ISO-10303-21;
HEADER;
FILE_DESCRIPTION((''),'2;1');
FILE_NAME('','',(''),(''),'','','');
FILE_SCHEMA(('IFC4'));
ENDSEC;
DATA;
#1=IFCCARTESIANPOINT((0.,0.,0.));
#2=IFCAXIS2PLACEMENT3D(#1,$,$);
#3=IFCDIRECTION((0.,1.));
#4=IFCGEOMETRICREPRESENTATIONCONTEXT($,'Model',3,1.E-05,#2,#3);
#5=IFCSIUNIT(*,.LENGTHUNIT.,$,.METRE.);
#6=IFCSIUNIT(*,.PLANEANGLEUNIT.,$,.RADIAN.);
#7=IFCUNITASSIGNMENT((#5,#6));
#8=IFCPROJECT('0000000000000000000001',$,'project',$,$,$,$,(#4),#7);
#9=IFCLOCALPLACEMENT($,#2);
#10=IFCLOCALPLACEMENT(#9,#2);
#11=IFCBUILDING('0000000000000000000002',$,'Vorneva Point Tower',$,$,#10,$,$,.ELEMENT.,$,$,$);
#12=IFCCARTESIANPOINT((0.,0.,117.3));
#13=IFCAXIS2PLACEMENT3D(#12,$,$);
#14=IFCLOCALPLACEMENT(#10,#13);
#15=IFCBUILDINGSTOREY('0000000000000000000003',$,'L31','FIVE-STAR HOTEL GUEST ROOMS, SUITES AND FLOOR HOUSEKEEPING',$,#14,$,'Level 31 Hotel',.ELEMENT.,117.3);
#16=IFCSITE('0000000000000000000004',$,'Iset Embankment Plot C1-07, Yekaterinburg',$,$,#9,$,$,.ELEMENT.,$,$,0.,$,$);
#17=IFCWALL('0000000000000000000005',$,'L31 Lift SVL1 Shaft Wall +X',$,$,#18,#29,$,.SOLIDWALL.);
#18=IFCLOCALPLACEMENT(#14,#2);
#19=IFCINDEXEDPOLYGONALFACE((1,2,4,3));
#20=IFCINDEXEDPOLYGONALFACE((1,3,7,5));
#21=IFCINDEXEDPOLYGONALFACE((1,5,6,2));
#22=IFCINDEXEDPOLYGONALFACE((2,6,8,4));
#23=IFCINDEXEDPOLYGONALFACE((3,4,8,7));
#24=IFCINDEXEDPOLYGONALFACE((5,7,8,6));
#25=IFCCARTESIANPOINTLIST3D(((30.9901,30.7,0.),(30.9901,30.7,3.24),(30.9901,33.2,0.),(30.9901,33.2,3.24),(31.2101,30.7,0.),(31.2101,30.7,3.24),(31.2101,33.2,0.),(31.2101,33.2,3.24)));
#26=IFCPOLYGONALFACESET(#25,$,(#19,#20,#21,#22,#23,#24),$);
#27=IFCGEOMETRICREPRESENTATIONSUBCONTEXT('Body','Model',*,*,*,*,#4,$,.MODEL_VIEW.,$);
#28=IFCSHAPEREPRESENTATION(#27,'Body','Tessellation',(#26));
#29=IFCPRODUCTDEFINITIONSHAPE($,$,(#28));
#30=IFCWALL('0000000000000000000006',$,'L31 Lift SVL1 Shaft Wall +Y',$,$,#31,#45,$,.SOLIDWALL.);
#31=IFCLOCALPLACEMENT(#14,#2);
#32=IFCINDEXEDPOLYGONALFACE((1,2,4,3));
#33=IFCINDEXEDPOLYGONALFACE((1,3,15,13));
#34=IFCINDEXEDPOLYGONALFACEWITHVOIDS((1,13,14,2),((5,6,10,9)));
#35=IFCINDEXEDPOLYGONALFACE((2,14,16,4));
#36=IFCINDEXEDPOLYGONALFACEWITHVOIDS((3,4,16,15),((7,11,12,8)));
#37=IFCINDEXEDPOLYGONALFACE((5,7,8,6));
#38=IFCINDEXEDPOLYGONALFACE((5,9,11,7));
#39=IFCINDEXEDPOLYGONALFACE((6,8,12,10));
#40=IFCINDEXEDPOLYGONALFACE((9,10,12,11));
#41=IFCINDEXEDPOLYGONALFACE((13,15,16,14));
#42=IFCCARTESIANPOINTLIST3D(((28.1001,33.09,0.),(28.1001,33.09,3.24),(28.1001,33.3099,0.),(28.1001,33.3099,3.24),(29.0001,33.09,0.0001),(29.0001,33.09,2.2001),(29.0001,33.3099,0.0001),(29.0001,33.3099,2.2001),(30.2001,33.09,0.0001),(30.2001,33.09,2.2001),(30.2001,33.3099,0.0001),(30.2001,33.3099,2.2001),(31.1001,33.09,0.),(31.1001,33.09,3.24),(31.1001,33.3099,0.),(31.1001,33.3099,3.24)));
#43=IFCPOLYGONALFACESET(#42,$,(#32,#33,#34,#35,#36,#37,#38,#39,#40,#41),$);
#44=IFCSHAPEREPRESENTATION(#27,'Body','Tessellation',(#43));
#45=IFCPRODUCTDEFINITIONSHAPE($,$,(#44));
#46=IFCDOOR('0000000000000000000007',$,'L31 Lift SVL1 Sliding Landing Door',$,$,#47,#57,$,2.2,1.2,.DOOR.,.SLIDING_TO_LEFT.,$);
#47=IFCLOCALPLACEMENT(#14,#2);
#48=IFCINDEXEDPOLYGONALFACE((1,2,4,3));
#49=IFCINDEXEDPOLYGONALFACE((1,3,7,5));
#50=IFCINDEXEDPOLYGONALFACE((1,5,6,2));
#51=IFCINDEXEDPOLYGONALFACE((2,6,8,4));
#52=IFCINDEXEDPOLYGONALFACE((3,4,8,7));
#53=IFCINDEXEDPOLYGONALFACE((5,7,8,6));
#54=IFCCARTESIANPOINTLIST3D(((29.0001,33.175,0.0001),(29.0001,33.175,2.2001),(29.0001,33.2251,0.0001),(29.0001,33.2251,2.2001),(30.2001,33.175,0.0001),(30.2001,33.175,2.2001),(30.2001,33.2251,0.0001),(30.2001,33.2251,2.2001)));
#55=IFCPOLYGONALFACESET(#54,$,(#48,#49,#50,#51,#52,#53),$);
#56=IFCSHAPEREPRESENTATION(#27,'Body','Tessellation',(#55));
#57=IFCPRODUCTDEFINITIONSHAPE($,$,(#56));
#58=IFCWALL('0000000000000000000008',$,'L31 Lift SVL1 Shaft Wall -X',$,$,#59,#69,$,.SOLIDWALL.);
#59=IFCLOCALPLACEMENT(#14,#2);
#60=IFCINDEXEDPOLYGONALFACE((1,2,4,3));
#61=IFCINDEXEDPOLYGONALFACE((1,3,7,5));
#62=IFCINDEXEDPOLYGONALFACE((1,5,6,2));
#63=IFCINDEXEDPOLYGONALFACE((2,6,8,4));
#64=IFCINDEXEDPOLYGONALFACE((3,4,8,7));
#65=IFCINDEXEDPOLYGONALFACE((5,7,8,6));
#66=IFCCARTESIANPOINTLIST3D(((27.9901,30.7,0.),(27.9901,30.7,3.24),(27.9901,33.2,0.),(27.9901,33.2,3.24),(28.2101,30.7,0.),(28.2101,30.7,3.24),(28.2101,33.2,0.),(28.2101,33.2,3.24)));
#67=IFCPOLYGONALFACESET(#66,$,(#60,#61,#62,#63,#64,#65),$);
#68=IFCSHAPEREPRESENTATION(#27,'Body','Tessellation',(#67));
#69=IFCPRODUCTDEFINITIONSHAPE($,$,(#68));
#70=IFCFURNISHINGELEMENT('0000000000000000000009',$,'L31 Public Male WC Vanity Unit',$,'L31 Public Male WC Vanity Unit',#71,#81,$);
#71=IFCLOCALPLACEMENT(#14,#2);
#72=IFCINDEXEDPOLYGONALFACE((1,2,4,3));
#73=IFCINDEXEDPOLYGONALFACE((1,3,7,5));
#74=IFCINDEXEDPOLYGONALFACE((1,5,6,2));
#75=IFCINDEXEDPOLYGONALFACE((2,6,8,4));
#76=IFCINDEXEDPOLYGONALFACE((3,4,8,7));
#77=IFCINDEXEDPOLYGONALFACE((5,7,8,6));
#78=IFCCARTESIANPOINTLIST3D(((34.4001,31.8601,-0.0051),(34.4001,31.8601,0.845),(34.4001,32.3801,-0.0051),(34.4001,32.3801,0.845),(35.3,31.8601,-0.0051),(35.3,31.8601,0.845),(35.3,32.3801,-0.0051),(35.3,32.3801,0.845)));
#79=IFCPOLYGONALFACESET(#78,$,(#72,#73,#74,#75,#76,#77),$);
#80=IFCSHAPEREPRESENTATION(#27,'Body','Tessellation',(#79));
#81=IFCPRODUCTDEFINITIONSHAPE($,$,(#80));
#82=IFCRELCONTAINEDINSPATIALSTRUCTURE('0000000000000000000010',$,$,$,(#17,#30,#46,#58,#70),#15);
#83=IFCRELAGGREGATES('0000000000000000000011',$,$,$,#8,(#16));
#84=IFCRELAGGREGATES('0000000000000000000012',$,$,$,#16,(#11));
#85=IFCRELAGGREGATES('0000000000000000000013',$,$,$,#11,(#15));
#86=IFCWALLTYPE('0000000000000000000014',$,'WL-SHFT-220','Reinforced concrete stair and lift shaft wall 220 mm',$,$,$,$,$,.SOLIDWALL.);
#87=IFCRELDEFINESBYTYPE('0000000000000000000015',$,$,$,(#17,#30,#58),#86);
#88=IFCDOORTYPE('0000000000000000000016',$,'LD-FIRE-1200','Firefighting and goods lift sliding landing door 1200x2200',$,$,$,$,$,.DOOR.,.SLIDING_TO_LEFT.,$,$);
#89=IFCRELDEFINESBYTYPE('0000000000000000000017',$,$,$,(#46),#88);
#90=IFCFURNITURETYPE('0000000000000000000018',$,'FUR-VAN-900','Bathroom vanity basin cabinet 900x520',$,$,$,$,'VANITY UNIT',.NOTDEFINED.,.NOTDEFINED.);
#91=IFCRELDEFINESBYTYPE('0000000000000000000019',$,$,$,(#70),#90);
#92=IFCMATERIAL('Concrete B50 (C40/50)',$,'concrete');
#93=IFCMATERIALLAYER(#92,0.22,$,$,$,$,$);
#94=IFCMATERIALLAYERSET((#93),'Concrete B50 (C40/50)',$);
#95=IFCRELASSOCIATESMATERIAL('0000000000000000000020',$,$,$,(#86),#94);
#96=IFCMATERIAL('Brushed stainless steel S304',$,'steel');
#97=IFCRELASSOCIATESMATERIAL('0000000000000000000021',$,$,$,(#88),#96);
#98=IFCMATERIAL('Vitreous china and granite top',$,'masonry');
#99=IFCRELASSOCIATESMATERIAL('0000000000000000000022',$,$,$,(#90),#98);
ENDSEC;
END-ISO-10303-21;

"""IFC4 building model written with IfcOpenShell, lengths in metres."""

from ifc_helpers import new_model, si_unit, direction, frame, frame_2d, origin, origin_2d, place, context, subcontext, project, spatial, rectangle, extrude, material, layer, layer_set, type_object, element, fill, save


model = new_model("IFC4")

# Units and contexts
model_context = context("Model", 3, precision=1e-05, world=origin(), true_north=direction((0.0, 1.0)))
body_context = subcontext(model_context, "Body", "Model", "MODEL_VIEW")
ifc_project = project(units=[si_unit("LENGTHUNIT", "METRE"), si_unit("PLANEANGLEUNIT", "RADIAN")], contexts=[model_context])

# Site, building, storey
site_placement = place(None, origin())
site = spatial("IfcSite", under=ifc_project, at=site_placement, Name="Iset Embankment Plot C1-07, Yekaterinburg", CompositionType="ELEMENT", RefElevation=0.0)
building_placement = place(site_placement, origin())
building = spatial("IfcBuilding", under=site, at=building_placement, Name="Vorneva Point Tower", CompositionType="ELEMENT")
storey_placement = place(building_placement, frame((0.0, 0.0, 117.3)))
storey = spatial("IfcBuildingStorey", under=building, at=storey_placement, Name="L31", Description="FIVE-STAR HOTEL GUEST ROOMS, SUITES AND FLOOR HOUSEKEEPING", LongName="Level 31 Hotel", CompositionType="ELEMENT", Elevation=117.3)

# Wall
ifc_material_1 = material(Name="Concrete B50 (C40/50)", Category="concrete")
ifc_layer_1 = layer(ifc_material_1, 0.22)
ifc_layer_set_1 = layer_set([ifc_layer_1], Name="Concrete B50 (C40/50)")
wall_type_1 = type_object("IfcWallType", Name="WL-SHFT-220", Description="Reinforced concrete stair and lift shaft wall 220 mm", PredefinedType="SOLIDWALL", material=ifc_layer_set_1)
wall_1_placement = place(storey_placement, frame((31.1001, 30.7, 0.0), z_axis=(0.0, 0.0, 1.0), x_axis=(0.0, 1.0, 0.0)))
element("IfcWall", 1, at=wall_1_placement, inside=storey, type_object=wall_type_1, Name="L31 Lift SVL1 Shaft Wall +X", PredefinedType="SOLIDWALL", context=body_context, shape_type="SweptSolid", body=[
    extrude(rectangle(XDim=2.5, YDim=0.22, at=frame_2d((1.25, 0.0))), origin(), (0.0, 0.0, 1.0), 3.24),
])

# Wall, opening, door
wall_2_placement = place(storey_placement, frame((31.1001, 33.2, 0.0), z_axis=(0.0, 0.0, 1.0), x_axis=(-1.0, 0.0, 0.0)))
wall_2 = element("IfcWall", 2, at=wall_2_placement, inside=storey, type_object=wall_type_1, Name="L31 Lift SVL1 Shaft Wall +Y", PredefinedType="SOLIDWALL", context=body_context, shape_type="SweptSolid", body=[
    extrude(rectangle(XDim=3.0, YDim=0.22, at=frame_2d((1.5, 0.0))), origin(), (0.0, 0.0, 1.0), 3.24),
])
opening_1_placement = place(wall_2_placement, frame((0.8999, 0.0, 0.0)))
opening_1 = element("IfcOpeningElement", 3, at=opening_1_placement, cuts=wall_2, PredefinedType="OPENING", context=body_context, shape_type="SweptSolid", body=[
    extrude(rectangle(XDim=1.2, YDim=2.2, at=frame_2d((0.6001, 1.1001))), frame((0.0, 0.125, 0.0), z_axis=(0.0, -1.0, 0.0), x_axis=(1.0, 0.0, 0.0)), (0.0, 0.0, 1.0), 0.2498),
])
ifc_material_2 = material(Name="Brushed stainless steel S304", Category="steel")
door_type_1 = type_object("IfcDoorType", Name="LD-FIRE-1200", Description="Firefighting and goods lift sliding landing door 1200x2200", OperationType="SLIDING_TO_LEFT", PredefinedType="DOOR", material=ifc_material_2)
door_1_placement = place(opening_1_placement, origin())
door_1 = element("IfcDoor", 4, at=door_1_placement, inside=storey, type_object=door_type_1, Name="L31 Lift SVL1 Sliding Landing Door", OperationType="SLIDING_TO_LEFT", OverallHeight=2.2, OverallWidth=1.2, PredefinedType="DOOR", context=body_context, shape_type="SweptSolid", body=[
    extrude(rectangle(XDim=1.2, YDim=2.2, at=frame_2d((0.6001, 1.1001))), frame((0.0, 0.0249, 0.0), z_axis=(0.0, -1.0, 0.0), x_axis=(1.0, 0.0, 0.0)), (0.0, 0.0, 1.0), 0.05),
])
fill(opening_1, door_1)

# Wall
wall_3_placement = place(storey_placement, frame((28.1001, 33.2, 0.0), z_axis=(0.0, 0.0, 1.0), x_axis=(0.0, -1.0, 0.0)))
element("IfcWall", 5, at=wall_3_placement, inside=storey, type_object=wall_type_1, Name="L31 Lift SVL1 Shaft Wall -X", PredefinedType="SOLIDWALL", context=body_context, shape_type="SweptSolid", body=[
    extrude(rectangle(XDim=2.5, YDim=0.22, at=frame_2d((1.25, 0.0))), origin(), (0.0, 0.0, 1.0), 3.24),
])

# Furnishing element
ifc_material_3 = material(Name="Vitreous china and granite top", Category="masonry")
furniture_type = type_object("IfcFurnitureType", Name="FUR-VAN-900", Description="Bathroom vanity basin cabinet 900x520", ElementType="VANITY UNIT", AssemblyPlace="NOTDEFINED", PredefinedType="NOTDEFINED", material=ifc_material_3)
furnishing_placement = place(storey_placement, frame((34.8501, 32.1201, -0.0051), z_axis=(0.0, 0.0, 1.0), x_axis=(1.0, 0.0, 0.0)))
element("IfcFurnishingElement", 6, at=furnishing_placement, inside=storey, type_object=furniture_type, Name="L31 Public Male WC Vanity Unit", ObjectType="L31 Public Male WC Vanity Unit", context=body_context, shape_type="SweptSolid", body=[
    extrude(rectangle(XDim=0.8999, YDim=0.52, at=origin_2d()), origin(), (0.0, 0.0, 1.0), 0.8501),
])

save(model, "model.ifc")
